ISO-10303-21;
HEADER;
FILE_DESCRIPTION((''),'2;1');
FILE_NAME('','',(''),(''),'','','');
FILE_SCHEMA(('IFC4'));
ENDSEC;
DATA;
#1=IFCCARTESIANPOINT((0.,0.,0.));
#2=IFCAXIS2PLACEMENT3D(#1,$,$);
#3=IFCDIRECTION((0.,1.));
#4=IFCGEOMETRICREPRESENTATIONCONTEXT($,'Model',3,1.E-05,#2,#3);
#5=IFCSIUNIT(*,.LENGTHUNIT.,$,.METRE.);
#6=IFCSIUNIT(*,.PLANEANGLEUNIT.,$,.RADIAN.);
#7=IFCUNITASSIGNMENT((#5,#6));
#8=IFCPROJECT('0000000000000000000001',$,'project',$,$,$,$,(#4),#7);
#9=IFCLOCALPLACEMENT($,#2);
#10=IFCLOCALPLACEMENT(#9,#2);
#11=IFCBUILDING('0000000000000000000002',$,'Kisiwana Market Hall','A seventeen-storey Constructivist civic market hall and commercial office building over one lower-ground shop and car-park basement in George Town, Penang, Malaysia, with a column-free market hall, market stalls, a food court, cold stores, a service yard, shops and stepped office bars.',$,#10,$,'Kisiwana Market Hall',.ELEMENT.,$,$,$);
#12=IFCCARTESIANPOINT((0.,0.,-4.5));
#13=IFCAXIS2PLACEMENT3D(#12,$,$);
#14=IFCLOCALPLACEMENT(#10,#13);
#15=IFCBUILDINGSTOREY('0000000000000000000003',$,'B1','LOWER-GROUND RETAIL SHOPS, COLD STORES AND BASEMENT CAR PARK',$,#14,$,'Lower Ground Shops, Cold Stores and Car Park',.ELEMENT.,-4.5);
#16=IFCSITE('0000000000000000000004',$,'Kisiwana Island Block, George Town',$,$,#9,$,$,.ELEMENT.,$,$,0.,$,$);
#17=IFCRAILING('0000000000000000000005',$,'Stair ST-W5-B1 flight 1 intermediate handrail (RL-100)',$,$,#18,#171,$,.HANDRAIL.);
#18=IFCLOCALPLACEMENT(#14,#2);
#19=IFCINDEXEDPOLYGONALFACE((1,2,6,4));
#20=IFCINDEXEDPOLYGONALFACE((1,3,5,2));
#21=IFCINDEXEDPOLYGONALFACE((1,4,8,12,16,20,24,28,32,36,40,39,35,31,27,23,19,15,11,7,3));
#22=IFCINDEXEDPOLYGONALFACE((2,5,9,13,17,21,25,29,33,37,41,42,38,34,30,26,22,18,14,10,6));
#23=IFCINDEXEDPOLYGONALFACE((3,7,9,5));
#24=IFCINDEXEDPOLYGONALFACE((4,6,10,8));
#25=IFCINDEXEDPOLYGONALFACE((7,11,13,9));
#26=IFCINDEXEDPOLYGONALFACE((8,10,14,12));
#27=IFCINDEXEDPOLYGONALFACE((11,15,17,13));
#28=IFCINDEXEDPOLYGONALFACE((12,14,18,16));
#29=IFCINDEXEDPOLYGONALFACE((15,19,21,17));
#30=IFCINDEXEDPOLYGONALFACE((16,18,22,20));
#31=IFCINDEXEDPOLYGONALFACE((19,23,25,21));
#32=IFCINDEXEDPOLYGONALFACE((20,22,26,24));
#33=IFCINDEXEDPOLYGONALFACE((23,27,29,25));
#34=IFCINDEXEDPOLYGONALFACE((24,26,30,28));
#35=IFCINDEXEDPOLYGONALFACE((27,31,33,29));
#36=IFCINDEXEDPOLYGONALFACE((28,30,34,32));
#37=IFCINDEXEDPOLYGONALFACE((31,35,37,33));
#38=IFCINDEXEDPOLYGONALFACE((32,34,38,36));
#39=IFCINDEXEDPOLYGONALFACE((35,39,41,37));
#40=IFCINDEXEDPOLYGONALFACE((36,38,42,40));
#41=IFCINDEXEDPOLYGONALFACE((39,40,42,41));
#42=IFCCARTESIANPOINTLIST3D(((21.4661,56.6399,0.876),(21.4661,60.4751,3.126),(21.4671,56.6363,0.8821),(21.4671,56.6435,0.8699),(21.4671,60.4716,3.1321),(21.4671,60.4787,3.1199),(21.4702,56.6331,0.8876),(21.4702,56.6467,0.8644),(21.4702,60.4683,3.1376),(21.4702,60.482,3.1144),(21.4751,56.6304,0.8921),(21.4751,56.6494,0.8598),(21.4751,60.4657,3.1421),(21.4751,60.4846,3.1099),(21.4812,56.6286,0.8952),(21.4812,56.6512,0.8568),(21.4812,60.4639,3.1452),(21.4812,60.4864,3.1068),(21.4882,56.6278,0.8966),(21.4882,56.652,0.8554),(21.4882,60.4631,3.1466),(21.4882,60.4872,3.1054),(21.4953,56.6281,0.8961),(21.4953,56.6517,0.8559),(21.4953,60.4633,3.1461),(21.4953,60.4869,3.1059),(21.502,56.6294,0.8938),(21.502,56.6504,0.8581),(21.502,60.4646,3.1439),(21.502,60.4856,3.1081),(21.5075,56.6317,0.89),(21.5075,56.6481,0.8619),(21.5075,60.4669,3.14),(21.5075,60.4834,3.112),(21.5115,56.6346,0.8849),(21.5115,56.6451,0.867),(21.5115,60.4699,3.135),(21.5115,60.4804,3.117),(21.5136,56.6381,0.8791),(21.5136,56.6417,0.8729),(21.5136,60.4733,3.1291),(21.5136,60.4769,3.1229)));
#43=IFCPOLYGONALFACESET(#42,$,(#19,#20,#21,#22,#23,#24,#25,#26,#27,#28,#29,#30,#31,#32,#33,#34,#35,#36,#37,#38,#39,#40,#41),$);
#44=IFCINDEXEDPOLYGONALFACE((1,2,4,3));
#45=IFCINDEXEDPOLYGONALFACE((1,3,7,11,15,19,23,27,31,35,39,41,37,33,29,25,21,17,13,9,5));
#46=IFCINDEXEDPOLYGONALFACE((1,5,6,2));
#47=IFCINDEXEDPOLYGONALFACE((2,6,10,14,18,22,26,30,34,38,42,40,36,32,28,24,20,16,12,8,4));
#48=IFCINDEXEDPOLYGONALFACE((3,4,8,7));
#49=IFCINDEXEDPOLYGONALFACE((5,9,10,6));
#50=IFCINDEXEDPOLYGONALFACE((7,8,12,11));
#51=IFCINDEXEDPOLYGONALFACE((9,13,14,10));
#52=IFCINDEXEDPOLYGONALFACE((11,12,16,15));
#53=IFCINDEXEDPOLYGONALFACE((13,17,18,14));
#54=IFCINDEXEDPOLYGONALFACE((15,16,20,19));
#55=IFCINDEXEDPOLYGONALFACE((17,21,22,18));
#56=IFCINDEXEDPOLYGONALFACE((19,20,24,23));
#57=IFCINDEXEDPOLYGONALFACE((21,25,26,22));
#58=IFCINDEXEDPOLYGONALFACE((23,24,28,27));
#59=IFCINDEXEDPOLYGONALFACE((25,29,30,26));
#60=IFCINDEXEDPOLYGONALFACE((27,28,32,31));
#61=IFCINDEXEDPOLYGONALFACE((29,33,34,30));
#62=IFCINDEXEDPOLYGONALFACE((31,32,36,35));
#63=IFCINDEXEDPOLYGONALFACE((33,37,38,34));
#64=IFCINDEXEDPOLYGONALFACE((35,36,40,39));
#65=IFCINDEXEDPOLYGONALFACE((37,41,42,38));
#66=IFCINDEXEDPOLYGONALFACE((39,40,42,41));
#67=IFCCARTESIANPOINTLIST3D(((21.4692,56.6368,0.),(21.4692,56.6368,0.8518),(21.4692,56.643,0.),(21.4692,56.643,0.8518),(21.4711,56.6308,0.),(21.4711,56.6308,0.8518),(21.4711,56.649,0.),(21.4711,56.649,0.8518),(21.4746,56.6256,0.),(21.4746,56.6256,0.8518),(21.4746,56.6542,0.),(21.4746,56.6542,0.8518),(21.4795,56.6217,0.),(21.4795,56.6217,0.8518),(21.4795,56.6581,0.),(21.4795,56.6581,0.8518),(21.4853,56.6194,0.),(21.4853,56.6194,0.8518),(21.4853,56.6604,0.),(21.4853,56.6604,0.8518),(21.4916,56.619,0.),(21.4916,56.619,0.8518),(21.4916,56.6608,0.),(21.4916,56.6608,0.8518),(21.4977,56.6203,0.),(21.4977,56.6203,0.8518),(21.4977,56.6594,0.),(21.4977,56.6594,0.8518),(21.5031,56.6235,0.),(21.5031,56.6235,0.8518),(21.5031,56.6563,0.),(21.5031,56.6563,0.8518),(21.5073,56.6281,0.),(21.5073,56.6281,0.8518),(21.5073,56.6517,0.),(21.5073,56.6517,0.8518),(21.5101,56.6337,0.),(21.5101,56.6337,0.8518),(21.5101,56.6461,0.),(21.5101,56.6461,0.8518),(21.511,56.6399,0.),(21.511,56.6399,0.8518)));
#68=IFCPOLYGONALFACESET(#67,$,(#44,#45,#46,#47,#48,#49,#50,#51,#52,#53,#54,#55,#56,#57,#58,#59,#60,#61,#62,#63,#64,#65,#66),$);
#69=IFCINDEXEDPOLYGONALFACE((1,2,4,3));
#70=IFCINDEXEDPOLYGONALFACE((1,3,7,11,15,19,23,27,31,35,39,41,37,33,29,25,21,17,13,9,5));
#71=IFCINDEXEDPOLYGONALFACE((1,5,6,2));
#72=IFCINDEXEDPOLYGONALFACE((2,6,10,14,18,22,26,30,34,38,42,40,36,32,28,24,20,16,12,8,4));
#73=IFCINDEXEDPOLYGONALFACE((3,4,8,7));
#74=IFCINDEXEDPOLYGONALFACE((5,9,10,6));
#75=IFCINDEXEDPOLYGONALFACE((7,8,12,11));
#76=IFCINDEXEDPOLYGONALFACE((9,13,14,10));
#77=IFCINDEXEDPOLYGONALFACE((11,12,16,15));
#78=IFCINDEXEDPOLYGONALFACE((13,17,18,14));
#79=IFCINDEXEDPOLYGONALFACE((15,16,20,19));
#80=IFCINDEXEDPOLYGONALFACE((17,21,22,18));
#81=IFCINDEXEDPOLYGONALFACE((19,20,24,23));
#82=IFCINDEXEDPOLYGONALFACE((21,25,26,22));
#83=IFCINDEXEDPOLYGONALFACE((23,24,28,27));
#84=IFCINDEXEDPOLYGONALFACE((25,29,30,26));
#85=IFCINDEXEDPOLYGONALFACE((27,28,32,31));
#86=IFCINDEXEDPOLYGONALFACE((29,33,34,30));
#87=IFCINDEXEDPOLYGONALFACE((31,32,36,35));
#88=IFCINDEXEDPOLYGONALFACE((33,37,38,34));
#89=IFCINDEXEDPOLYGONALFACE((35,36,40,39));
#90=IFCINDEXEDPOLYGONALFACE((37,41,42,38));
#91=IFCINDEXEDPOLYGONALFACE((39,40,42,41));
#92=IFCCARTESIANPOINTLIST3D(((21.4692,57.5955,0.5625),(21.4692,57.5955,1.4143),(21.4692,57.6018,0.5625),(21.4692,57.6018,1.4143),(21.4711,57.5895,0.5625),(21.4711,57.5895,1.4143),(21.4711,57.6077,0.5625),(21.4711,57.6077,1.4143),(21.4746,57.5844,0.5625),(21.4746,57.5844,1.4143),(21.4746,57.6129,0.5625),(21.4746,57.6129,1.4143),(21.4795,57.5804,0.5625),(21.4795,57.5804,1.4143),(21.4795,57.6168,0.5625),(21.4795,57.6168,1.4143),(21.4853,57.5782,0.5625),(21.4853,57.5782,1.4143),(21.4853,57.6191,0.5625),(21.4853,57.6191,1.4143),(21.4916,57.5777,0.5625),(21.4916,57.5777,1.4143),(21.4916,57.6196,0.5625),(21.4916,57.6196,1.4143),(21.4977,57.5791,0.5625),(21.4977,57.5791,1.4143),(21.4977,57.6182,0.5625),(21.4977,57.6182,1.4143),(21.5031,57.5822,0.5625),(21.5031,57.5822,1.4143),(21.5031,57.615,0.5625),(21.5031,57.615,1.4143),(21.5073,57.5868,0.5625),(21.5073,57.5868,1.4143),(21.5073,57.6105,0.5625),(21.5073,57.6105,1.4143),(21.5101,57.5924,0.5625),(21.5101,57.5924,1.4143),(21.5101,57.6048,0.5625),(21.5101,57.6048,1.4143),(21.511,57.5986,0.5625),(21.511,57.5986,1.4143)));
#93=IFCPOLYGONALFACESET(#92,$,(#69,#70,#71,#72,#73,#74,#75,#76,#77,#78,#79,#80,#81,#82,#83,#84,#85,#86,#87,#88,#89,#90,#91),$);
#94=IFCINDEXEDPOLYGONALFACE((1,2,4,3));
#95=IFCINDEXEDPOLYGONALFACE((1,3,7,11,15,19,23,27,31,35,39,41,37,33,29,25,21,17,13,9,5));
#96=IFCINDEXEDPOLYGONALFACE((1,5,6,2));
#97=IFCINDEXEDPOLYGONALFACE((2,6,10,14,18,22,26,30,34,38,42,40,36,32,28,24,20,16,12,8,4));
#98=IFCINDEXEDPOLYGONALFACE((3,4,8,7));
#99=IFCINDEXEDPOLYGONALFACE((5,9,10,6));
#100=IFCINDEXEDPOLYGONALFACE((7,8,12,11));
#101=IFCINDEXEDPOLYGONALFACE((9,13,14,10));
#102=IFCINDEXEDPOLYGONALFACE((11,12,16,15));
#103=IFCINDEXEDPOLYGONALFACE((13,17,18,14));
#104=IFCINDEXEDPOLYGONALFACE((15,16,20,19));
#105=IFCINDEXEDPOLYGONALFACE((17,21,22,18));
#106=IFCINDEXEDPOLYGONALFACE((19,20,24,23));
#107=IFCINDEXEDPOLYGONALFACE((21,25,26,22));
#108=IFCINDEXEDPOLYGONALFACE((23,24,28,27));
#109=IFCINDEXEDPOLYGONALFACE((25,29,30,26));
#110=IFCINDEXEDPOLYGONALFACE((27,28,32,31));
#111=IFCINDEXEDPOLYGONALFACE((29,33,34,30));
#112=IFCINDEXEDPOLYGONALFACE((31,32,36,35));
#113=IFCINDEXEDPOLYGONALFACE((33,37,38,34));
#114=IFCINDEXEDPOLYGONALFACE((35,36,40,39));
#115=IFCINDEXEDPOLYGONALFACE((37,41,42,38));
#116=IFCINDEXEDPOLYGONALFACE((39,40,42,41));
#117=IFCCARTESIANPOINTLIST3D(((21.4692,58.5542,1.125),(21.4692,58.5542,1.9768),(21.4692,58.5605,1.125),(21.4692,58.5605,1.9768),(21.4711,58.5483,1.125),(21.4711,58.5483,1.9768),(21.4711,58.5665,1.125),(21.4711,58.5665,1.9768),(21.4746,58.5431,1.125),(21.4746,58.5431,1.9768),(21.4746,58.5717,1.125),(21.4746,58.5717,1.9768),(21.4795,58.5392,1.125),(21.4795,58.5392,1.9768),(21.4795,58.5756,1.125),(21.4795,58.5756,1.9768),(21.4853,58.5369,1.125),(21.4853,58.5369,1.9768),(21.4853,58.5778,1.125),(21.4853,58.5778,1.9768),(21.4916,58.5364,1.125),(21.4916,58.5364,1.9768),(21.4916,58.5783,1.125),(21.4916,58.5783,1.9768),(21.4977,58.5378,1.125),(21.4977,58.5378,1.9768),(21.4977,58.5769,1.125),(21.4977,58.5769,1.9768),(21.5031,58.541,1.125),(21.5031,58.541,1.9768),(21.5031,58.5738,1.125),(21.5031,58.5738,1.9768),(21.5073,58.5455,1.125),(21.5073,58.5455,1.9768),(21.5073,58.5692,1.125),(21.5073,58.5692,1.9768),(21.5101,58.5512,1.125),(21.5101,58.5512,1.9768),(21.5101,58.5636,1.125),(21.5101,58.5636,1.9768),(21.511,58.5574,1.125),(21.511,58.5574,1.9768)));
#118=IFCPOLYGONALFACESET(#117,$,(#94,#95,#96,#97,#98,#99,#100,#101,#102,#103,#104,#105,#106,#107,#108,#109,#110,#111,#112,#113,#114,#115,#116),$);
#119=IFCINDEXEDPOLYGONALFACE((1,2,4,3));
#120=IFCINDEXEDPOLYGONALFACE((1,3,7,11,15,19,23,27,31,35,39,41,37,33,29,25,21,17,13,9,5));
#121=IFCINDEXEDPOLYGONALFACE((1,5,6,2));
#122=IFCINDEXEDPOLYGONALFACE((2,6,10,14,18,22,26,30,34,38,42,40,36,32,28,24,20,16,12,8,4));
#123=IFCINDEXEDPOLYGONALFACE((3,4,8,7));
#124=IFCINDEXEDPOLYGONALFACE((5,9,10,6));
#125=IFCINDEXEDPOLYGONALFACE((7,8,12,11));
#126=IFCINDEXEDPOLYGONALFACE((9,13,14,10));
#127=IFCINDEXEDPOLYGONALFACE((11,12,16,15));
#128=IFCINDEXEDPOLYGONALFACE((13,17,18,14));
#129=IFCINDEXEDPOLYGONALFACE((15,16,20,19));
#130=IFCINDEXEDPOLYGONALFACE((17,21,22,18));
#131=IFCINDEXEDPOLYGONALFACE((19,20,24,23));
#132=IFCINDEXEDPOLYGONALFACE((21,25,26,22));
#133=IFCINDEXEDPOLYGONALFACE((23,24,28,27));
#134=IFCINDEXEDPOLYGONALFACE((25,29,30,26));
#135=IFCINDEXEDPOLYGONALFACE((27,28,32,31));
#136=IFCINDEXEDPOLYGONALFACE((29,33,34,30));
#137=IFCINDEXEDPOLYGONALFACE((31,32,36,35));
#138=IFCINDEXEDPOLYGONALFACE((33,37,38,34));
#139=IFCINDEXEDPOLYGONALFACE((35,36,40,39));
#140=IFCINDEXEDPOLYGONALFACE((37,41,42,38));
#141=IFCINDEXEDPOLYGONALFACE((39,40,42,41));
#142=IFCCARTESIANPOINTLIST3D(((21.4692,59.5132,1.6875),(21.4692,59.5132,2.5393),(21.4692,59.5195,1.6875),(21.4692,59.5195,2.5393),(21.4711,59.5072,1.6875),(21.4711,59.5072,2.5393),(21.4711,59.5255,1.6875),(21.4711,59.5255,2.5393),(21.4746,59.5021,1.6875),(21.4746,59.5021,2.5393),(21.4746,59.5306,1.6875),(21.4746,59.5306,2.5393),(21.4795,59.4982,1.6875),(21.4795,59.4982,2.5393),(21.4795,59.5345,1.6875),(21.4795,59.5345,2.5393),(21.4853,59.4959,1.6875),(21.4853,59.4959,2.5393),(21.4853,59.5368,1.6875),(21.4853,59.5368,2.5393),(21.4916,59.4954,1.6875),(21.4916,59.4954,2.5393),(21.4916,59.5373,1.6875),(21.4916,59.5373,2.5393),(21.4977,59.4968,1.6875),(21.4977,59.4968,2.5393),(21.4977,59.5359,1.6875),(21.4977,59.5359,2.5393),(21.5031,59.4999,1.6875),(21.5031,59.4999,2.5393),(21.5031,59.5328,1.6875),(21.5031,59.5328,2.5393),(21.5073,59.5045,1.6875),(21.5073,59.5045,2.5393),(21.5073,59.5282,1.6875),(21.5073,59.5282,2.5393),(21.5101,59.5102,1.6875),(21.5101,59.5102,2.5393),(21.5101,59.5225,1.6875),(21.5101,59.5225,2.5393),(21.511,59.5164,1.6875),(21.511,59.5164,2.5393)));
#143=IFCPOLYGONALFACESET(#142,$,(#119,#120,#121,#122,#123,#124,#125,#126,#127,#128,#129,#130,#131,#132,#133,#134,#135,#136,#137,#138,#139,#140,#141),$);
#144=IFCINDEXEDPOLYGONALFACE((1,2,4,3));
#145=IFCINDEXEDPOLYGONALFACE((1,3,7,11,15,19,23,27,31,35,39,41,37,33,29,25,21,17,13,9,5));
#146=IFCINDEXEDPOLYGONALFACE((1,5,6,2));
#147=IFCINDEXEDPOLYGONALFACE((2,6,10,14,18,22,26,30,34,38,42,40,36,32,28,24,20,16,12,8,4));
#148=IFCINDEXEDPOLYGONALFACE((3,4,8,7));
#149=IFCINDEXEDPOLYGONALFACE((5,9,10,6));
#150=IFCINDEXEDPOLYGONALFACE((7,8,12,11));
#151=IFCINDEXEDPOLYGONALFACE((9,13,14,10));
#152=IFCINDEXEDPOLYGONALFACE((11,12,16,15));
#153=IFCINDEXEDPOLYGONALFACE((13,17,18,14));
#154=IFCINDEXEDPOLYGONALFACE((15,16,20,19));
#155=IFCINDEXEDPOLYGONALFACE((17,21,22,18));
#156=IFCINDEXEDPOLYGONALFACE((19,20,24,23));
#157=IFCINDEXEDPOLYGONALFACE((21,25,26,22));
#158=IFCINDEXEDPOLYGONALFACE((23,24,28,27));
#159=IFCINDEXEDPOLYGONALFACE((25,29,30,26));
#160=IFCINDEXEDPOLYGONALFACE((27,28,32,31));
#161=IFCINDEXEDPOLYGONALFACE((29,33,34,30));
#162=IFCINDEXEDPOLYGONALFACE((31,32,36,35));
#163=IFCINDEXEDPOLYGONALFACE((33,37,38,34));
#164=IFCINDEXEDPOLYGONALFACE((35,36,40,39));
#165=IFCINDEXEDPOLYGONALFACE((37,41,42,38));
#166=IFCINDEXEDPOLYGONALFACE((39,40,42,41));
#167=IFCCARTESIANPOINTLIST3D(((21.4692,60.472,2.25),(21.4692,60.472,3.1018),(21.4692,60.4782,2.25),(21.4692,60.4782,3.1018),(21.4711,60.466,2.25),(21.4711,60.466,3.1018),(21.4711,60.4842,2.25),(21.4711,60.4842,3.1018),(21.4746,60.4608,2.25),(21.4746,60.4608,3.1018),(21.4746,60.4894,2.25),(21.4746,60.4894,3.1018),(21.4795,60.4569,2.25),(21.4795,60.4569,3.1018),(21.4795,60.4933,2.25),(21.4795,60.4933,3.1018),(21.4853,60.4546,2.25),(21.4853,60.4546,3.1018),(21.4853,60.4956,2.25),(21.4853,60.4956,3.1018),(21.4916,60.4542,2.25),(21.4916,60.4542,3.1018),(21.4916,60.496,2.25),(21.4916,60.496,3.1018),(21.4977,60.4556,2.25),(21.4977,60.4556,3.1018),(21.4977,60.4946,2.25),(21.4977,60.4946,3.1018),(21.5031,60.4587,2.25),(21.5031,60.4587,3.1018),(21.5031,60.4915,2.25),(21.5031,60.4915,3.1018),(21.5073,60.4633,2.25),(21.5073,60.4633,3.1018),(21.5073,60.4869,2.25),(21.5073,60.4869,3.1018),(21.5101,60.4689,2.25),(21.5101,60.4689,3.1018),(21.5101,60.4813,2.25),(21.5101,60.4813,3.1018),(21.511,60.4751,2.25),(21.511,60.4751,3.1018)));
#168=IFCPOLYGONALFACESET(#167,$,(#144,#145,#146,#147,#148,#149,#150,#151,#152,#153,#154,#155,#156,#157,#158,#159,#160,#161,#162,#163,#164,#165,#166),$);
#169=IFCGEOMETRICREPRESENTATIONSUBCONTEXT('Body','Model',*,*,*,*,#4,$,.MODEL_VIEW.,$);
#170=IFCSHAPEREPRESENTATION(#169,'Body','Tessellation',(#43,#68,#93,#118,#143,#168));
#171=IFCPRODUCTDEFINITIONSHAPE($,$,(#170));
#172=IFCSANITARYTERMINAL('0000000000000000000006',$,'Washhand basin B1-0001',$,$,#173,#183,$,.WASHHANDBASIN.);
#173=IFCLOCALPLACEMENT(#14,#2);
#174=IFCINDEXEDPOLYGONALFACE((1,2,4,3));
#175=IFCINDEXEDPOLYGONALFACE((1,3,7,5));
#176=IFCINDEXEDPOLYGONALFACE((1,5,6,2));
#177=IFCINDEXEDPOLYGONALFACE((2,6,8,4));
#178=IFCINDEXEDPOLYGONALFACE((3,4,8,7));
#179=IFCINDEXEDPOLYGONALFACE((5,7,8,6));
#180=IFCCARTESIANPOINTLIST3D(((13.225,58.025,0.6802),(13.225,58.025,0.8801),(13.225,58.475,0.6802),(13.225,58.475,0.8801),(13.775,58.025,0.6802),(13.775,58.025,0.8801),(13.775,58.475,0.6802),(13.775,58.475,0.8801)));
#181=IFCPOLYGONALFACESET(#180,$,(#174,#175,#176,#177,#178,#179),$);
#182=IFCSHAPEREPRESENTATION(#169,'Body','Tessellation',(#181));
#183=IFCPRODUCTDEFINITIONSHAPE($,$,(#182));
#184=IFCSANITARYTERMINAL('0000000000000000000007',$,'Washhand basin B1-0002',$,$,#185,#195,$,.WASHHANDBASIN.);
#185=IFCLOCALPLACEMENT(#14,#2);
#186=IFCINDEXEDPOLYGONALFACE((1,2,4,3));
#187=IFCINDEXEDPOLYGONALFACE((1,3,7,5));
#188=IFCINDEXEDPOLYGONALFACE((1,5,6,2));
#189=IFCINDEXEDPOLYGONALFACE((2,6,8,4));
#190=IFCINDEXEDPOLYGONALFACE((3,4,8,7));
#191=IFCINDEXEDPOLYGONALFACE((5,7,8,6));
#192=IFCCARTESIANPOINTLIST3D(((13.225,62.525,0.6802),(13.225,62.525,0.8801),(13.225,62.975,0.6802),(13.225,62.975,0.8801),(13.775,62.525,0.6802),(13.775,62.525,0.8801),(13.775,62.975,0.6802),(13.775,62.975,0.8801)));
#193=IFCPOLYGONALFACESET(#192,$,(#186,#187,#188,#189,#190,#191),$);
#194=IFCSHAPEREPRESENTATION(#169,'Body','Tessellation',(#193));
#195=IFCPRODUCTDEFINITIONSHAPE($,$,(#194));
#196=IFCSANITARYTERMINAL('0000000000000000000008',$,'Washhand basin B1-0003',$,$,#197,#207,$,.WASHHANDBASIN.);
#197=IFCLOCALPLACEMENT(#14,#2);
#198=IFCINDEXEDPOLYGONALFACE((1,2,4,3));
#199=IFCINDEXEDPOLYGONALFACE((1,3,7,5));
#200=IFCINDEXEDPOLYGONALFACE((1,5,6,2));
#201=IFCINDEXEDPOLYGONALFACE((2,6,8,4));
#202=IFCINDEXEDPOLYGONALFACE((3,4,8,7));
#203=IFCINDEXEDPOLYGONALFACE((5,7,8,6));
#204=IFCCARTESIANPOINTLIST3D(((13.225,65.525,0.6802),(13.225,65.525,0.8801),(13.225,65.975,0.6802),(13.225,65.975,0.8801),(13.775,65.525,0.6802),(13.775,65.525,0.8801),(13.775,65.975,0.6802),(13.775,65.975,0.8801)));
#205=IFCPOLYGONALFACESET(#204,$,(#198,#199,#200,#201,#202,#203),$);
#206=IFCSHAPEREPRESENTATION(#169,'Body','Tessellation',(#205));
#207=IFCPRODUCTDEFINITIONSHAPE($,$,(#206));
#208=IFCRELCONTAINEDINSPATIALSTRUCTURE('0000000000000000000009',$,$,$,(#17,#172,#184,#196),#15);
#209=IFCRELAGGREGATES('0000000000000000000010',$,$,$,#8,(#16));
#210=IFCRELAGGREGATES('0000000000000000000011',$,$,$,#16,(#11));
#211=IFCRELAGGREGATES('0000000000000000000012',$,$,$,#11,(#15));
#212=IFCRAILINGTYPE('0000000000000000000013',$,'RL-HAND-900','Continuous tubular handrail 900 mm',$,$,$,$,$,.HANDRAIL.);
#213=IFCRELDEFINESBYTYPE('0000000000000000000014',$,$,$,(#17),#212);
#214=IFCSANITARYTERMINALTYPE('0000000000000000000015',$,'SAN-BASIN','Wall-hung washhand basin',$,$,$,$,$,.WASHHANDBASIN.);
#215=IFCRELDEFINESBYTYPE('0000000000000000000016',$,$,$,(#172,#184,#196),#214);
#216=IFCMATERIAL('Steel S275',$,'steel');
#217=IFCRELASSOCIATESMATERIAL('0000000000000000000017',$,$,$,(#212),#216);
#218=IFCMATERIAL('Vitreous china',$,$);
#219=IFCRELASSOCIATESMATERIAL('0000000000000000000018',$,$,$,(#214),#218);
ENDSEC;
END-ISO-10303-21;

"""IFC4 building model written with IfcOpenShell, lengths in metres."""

from ifc_helpers import new_model, si_unit, direction, frame, origin, origin_2d, place, context, subcontext, project, spatial, rectangle, circle, extrude, material, type_object, element, save


model = new_model("IFC4")

# Units and contexts
model_context = context("Model", 3, precision=1e-05, world=origin(), true_north=direction((0.0, 1.0)))
body_context = subcontext(model_context, "Body", "Model", "MODEL_VIEW")
ifc_project = project(units=[si_unit("LENGTHUNIT", "METRE"), si_unit("PLANEANGLEUNIT", "RADIAN")], contexts=[model_context])

# Site, building, storey
site_placement = place(None, origin())
site = spatial("IfcSite", under=ifc_project, at=site_placement, Name="Kisiwana Island Block, George Town", CompositionType="ELEMENT", RefElevation=0.0)
building_placement = place(site_placement, origin())
building = spatial("IfcBuilding", under=site, at=building_placement, Name="Kisiwana Market Hall", Description="A seventeen-storey Constructivist civic market hall and commercial office building over one lower-ground shop and car-park basement in George Town, Penang, Malaysia, with a column-free market hall, market stalls, a food court, cold stores, a service yard, shops and stepped office bars.", LongName="Kisiwana Market Hall", CompositionType="ELEMENT")
storey_placement = place(building_placement, frame((0.0, 0.0, -4.5)))
storey = spatial("IfcBuildingStorey", under=building, at=storey_placement, Name="B1", Description="LOWER-GROUND RETAIL SHOPS, COLD STORES AND BASEMENT CAR PARK", LongName="Lower Ground Shops, Cold Stores and Car Park", CompositionType="ELEMENT", Elevation=-4.5)

# Railing
ifc_material_1 = material(Name="Steel S275", Category="steel")
railing_type = type_object("IfcRailingType", Name="RL-HAND-900", Description="Continuous tubular handrail 900 mm", PredefinedType="HANDRAIL", material=ifc_material_1)
for number, where, name in (
    (1, (21.49, 56.6399, 0.0), "Stair ST-W5-B1 flight 1 intermediate handrail (RL-100)"),
):
    element("IfcRailing", number, at=place(storey_placement, frame(where)), inside=storey, type_object=railing_type, Name=name, PredefinedType="HANDRAIL", context=body_context, shape_type="SweptSolid", body=[
        extrude(circle(Radius=0.0239, at=origin_2d()), frame((0.0, 0.0, 0.876), z_axis=(0.0, 0.862524, 0.506017), x_axis=(-1.0, 0.0, 0.0)), (0.0, 0.0, 1.0), 4.4465),
        extrude(circle(Radius=0.021, at=origin_2d()), origin(), (0.0, 0.0, 1.0), 0.8518),
        extrude(circle(Radius=0.021, at=origin_2d()), frame((0.0, 0.9587, 0.5625)), (0.0, 0.0, 1.0), 0.8518),
        extrude(circle(Radius=0.021, at=origin_2d()), frame((0.0, 1.9175, 1.125)), (0.0, 0.0, 1.0), 0.8518),
        extrude(circle(Radius=0.021, at=origin_2d()), frame((0.0, 2.8765, 1.6875)), (0.0, 0.0, 1.0), 0.8518),
        extrude(circle(Radius=0.021, at=origin_2d()), frame((0.0, 3.8352, 2.25)), (0.0, 0.0, 1.0), 0.8518),
    ])

# Sanitary terminals
ifc_material_2 = material(Name="Vitreous china")
sanitary_terminal_type_1 = type_object("IfcSanitaryTerminalType", Name="SAN-BASIN", Description="Wall-hung washhand basin", PredefinedType="WASHHANDBASIN", material=ifc_material_2)
for number, where, z_axis, x_axis, name in (
    (2, (13.5, 58.25, 0.6802), (0.0, 0.0, 1.0), (1.0, 0.0, 0.0), "Washhand basin B1-0001"),
    (3, (13.5, 62.75, 0.6802), (0.0, 0.0, 1.0), (1.0, 0.0, 0.0), "Washhand basin B1-0002"),
    (4, (13.5, 65.75, 0.6802), (0.0, 0.0, 1.0), (1.0, 0.0, 0.0), "Washhand basin B1-0003"),
):
    element("IfcSanitaryTerminal", number, at=place(storey_placement, frame(where, z_axis=z_axis, x_axis=x_axis)), inside=storey, type_object=sanitary_terminal_type_1, Name=name, PredefinedType="WASHHANDBASIN", context=body_context, shape_type="SweptSolid", body=[
        extrude(rectangle(XDim=0.55, YDim=0.45, at=origin_2d()), origin(), (0.0, 0.0, 1.0), 0.2),
    ])

save(model, "model.ifc")
